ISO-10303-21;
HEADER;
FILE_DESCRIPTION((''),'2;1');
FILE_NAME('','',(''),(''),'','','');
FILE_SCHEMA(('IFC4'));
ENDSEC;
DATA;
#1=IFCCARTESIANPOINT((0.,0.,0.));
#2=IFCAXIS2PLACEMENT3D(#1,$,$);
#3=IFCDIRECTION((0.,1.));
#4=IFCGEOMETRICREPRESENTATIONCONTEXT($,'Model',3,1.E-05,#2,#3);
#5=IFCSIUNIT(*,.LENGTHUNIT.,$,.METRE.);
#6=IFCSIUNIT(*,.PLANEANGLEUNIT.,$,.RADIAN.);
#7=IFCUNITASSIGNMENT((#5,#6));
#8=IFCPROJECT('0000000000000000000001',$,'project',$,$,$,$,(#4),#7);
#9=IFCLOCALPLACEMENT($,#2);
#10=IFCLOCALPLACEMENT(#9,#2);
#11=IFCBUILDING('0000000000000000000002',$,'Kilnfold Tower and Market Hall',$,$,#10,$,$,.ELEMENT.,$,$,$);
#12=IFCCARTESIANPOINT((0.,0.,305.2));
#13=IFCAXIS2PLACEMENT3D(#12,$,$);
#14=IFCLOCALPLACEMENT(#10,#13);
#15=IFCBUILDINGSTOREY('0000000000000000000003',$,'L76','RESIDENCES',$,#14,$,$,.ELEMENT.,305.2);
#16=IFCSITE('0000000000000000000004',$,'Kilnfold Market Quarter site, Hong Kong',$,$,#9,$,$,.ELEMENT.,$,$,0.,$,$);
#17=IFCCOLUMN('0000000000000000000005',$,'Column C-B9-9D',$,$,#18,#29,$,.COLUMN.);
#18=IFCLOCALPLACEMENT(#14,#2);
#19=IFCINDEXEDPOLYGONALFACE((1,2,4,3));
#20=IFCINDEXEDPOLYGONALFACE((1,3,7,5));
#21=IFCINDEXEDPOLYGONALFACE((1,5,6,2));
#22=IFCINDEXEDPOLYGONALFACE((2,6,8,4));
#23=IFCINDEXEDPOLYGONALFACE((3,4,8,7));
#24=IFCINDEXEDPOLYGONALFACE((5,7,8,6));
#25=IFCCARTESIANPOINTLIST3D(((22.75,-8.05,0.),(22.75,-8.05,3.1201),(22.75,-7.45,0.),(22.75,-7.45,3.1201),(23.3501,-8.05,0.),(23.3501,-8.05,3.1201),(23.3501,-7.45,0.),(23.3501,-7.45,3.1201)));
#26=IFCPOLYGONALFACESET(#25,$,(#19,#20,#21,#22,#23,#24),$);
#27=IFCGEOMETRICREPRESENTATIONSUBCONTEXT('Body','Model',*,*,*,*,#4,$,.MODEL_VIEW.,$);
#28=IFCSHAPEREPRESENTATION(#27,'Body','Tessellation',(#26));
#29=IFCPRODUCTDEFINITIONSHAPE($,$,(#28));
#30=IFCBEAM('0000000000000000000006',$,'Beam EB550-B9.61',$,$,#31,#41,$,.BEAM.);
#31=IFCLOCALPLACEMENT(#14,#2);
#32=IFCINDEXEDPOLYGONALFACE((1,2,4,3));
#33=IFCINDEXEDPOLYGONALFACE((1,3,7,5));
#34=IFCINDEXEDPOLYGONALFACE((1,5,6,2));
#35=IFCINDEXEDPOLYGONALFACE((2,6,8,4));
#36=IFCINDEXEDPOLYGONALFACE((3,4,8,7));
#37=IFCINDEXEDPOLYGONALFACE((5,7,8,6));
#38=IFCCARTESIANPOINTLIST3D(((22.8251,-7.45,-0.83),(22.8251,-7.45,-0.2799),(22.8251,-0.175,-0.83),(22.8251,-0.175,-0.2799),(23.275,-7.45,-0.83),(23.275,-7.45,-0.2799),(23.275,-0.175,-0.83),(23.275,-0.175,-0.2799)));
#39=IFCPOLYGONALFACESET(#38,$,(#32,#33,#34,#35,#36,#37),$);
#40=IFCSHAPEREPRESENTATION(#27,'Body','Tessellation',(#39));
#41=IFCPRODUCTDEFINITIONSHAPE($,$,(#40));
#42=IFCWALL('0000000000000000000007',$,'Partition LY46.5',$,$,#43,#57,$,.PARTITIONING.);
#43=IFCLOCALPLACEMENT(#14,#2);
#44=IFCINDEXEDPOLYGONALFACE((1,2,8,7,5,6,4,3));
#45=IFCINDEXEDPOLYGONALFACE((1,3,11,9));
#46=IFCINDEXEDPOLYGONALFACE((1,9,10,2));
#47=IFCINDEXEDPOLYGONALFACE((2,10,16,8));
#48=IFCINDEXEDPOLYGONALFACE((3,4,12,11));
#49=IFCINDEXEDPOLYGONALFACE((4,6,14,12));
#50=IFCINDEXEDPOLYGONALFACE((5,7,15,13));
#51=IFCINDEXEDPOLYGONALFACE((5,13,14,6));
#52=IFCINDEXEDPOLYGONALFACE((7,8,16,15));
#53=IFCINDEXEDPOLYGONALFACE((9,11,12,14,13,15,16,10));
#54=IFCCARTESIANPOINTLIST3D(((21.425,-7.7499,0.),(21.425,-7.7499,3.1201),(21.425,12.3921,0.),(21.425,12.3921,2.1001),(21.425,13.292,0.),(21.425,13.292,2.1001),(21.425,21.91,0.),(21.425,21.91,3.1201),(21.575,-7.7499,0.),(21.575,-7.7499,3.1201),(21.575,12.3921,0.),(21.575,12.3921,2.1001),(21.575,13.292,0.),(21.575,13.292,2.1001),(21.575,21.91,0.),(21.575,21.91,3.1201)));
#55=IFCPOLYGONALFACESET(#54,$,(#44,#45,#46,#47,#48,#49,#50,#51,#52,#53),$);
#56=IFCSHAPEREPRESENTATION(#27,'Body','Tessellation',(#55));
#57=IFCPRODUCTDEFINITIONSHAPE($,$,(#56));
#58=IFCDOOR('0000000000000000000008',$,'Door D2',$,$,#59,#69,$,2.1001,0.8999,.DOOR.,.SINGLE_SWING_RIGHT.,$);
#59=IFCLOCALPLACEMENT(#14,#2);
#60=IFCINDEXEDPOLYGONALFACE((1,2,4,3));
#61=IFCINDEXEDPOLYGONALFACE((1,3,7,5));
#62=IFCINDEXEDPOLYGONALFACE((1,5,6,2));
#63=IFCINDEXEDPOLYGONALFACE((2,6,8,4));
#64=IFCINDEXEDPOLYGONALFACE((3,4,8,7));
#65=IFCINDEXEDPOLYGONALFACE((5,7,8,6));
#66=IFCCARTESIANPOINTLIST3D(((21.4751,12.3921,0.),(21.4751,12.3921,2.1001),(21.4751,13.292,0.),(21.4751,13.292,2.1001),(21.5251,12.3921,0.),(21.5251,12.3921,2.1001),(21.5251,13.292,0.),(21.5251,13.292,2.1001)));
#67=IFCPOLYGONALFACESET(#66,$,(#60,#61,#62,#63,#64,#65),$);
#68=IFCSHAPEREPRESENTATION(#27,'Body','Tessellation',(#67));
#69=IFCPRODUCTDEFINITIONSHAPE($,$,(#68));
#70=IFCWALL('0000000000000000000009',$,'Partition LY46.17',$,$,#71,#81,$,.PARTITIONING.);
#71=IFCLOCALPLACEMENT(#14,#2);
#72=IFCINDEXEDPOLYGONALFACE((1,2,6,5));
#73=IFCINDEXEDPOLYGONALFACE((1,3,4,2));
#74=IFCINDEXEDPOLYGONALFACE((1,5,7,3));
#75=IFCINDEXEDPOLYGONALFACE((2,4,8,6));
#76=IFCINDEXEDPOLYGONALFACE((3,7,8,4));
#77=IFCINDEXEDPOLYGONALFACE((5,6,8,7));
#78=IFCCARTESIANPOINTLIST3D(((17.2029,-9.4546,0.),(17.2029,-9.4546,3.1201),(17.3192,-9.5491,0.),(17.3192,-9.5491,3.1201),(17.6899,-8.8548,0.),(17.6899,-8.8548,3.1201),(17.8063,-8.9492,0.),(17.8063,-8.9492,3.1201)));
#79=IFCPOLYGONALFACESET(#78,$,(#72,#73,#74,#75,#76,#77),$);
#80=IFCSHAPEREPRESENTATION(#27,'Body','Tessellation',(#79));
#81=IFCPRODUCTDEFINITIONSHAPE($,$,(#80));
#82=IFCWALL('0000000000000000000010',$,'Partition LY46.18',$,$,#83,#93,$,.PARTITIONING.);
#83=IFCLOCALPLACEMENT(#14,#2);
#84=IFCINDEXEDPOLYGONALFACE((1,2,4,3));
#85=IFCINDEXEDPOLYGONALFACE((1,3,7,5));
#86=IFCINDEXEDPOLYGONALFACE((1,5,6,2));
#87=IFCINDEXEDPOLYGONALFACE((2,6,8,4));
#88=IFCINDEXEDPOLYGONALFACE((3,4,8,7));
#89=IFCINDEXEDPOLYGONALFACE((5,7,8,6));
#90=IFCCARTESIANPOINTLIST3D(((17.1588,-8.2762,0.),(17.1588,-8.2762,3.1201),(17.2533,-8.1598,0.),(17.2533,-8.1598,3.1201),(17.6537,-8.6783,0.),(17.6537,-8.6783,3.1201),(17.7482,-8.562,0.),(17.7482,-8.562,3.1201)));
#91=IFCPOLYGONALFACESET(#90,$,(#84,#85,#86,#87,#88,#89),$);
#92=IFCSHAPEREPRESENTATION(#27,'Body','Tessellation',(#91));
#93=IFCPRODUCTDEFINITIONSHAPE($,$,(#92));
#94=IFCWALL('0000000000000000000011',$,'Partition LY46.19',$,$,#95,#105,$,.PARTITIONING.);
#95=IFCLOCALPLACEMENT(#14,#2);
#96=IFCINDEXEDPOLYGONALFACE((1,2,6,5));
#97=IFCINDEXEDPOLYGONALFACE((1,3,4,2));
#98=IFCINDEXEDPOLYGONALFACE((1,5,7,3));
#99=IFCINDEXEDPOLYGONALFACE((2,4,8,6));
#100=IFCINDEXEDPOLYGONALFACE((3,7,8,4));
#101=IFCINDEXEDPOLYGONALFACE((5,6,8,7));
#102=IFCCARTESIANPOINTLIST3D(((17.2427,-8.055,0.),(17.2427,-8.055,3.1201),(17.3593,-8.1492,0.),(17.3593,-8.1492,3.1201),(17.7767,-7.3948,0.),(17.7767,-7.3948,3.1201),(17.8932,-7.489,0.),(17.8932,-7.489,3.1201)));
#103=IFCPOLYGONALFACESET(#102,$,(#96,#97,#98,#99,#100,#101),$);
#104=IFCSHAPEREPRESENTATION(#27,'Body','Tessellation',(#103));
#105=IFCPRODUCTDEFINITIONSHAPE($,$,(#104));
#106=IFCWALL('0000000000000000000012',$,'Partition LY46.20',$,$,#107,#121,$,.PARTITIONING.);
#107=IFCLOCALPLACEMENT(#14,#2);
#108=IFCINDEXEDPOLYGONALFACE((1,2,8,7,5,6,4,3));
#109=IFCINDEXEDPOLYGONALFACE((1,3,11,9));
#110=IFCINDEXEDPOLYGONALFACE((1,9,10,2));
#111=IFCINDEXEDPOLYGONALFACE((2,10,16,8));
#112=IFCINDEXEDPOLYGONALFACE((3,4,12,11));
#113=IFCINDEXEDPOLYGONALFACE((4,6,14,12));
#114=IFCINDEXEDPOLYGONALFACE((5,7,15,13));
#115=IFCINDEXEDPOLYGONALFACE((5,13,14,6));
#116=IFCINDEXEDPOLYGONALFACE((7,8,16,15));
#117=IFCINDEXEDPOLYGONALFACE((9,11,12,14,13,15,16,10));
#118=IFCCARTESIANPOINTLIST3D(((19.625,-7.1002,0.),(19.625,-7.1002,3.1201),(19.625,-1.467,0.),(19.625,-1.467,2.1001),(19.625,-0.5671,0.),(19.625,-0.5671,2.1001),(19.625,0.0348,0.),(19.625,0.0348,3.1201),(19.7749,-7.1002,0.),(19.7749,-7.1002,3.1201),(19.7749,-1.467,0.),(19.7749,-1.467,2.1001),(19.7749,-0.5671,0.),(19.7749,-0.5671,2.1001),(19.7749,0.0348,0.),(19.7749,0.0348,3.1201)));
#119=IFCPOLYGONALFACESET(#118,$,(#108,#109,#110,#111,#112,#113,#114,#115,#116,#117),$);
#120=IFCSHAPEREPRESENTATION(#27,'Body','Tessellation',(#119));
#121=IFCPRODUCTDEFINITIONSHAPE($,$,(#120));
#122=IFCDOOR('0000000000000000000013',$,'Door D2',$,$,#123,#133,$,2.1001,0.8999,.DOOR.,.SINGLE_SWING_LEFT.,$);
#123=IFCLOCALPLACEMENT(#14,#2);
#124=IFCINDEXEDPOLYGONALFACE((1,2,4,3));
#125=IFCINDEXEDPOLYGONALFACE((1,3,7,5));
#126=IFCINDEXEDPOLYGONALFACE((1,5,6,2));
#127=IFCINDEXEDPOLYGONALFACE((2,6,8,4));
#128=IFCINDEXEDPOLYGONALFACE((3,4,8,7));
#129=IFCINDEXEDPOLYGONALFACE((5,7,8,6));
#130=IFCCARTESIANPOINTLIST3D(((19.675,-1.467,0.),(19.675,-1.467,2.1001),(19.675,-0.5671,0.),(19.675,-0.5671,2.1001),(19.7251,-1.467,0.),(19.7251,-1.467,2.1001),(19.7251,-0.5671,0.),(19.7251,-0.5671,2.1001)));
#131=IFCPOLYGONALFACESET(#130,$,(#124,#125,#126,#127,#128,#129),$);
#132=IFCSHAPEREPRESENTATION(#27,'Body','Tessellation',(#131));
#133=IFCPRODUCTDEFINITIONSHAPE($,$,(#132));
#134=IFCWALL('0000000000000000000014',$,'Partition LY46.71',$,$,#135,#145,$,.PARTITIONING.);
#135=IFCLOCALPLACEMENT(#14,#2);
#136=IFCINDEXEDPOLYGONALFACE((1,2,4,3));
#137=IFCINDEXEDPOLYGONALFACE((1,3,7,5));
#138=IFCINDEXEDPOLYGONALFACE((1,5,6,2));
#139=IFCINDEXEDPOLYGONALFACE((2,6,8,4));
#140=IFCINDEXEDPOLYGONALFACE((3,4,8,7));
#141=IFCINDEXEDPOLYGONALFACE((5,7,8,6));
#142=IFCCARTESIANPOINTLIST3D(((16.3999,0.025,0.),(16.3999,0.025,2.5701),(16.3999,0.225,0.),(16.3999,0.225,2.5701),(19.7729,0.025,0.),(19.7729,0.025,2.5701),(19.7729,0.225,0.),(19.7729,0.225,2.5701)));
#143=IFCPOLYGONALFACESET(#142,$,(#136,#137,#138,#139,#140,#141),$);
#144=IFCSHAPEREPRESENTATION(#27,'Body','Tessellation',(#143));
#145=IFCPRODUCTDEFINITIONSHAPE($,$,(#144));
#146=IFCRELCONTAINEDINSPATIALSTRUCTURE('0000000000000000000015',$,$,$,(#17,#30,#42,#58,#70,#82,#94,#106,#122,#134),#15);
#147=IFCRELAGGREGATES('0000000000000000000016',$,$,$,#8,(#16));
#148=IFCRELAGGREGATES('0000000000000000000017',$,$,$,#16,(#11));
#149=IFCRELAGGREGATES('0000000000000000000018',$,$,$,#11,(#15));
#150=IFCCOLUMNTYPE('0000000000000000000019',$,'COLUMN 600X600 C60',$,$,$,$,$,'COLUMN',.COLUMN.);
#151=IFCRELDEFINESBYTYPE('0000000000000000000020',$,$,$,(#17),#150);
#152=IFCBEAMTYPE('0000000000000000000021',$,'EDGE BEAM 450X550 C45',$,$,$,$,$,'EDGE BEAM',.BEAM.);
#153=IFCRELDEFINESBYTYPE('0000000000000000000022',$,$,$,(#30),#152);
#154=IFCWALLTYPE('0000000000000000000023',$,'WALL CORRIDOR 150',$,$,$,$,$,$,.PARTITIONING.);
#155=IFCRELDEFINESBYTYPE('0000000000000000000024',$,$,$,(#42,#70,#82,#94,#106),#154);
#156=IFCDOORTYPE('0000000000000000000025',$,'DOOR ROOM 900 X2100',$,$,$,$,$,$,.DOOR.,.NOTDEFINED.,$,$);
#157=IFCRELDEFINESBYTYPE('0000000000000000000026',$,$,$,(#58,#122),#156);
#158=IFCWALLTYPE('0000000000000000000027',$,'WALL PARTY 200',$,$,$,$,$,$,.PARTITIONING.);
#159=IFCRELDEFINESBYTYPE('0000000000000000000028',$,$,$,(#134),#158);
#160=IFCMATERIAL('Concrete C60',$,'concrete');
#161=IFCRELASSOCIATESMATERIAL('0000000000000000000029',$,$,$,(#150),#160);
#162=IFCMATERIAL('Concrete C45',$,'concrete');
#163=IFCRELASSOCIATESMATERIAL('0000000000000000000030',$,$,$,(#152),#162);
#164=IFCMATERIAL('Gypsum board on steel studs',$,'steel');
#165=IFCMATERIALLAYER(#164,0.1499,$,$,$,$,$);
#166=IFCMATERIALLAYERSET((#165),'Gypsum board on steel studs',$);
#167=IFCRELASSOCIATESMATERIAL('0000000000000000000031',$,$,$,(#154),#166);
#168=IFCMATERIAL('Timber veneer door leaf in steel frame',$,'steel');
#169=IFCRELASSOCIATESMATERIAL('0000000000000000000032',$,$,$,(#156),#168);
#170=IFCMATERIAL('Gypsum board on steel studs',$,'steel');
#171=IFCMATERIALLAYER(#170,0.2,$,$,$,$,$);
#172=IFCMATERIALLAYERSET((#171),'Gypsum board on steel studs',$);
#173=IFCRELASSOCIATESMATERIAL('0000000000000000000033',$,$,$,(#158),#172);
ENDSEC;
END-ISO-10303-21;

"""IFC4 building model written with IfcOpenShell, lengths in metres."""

from ifc_helpers import new_model, si_unit, direction, frame, frame_2d, origin, origin_2d, place, context, subcontext, project, spatial, rectangle, extrude, source, transform, mapped, material, layer, layer_set, material_profile, profile_set, type_object, element, fill, save


model = new_model("IFC4")

# Units and contexts
model_context = context("Model", 3, precision=1e-05, world=origin(), true_north=direction((0.0, 1.0)))
body_context = subcontext(model_context, "Body", "Model", "MODEL_VIEW")
ifc_project = project(units=[si_unit("LENGTHUNIT", "METRE"), si_unit("PLANEANGLEUNIT", "RADIAN")], contexts=[model_context])

# Site, building, storey
site_placement = place(None, origin())
site = spatial("IfcSite", under=ifc_project, at=site_placement, Name="Kilnfold Market Quarter site, Hong Kong", CompositionType="ELEMENT", RefElevation=0.0)
building_placement = place(site_placement, origin())
building = spatial("IfcBuilding", under=site, at=building_placement, Name="Kilnfold Tower and Market Hall", CompositionType="ELEMENT")
storey_placement = place(building_placement, frame((0.0, 0.0, 305.2)))
storey = spatial("IfcBuildingStorey", under=building, at=storey_placement, Name="L76", Description="RESIDENCES", CompositionType="ELEMENT", Elevation=305.2)

# Column
ifc_material_1 = material(Name="Concrete C60", Category="concrete")
ifc_material_profile_1 = material_profile(ifc_material_1, rectangle(XDim=0.6001, YDim=0.6001, at=origin_2d()), Name="RC 600x600")
ifc_profile_set_1 = profile_set([ifc_material_profile_1], Name="Concrete C60")
column_type = type_object("IfcColumnType", Name="COLUMN 600X600 C60", ElementType="COLUMN", PredefinedType="COLUMN", material=ifc_profile_set_1)
shared_shape_1 = source(origin(), body_context, "Body", "SweptSolid", [
    extrude(rectangle(XDim=0.6001, YDim=0.6001, at=origin_2d()), origin(), (0.0, 0.0, 1.0), 3.1201),
])
column_placement = place(storey_placement, frame((23.05, -7.75, 0.0), z_axis=(0.0, 0.0, 1.0), x_axis=(1.0, 0.0, 0.0)))
element("IfcColumn", 1, at=column_placement, inside=storey, type_object=column_type, Name="Column C-B9-9D", PredefinedType="COLUMN", context=body_context, shape_type="MappedRepresentation", body=[
    mapped(shared_shape_1, transform((0.0, 0.0, 0.0))),
])

# Beam
ifc_material_2 = material(Name="Concrete C45", Category="concrete")
ifc_material_profile_2 = material_profile(ifc_material_2, rectangle(XDim=0.45, YDim=0.55, at=origin_2d()), Name="RC 450x550")
ifc_profile_set_2 = profile_set([ifc_material_profile_2], Name="Concrete C45")
beam_type = type_object("IfcBeamType", Name="EDGE BEAM 450X550 C45", ElementType="EDGE BEAM", PredefinedType="BEAM", material=ifc_profile_set_2)
shared_shape_2 = source(origin(), body_context, "Body", "SweptSolid", [
    extrude(rectangle(XDim=0.45, YDim=0.55, at=origin_2d()), origin(), (0.0, 0.0, 1.0), 7.2749),
])
beam_placement = place(storey_placement, frame((23.05, -7.45, -0.5549), z_axis=(0.0, 1.0, 0.0), x_axis=(-1.0, 0.0, 0.0)))
element("IfcBeam", 2, at=beam_placement, inside=storey, type_object=beam_type, Name="Beam EB550-B9.61", PredefinedType="BEAM", context=body_context, shape_type="MappedRepresentation", body=[
    mapped(shared_shape_2, transform((0.0, 0.0, 0.0))),
])

# Wall, opening, door
ifc_material_3 = material(Name="Gypsum board on steel studs", Category="steel")
ifc_layer_1 = layer(ifc_material_3, 0.1499)
ifc_layer_set_1 = layer_set([ifc_layer_1], Name="Gypsum board on steel studs")
wall_type_1 = type_object("IfcWallType", Name="WALL CORRIDOR 150", PredefinedType="PARTITIONING", material=ifc_layer_set_1)
wall_1_placement = place(storey_placement, frame((21.5, -7.75, 0.0), z_axis=(0.0, 0.0, 1.0), x_axis=(0.0, 1.0, 0.0)))
wall_1 = element("IfcWall", 3, at=wall_1_placement, inside=storey, type_object=wall_type_1, Name="Partition LY46.5", PredefinedType="PARTITIONING", context=body_context, shape_type="SweptSolid", body=[
    extrude(rectangle(XDim=29.6599, YDim=0.1499, at=frame_2d((14.8301, 0.0))), origin(), (0.0, 0.0, 1.0), 3.1201),
])
opening_1_placement = place(wall_1_placement, frame((20.1421, 0.0, 0.0)))
opening_1 = element("IfcOpeningElement", 4, at=opening_1_placement, cuts=wall_1, PredefinedType="OPENING", context=body_context, shape_type="SweptSolid", body=[
    extrude(rectangle(XDim=0.8999, YDim=2.1001, at=frame_2d((0.45, 1.05))), frame((0.0, 0.085, 0.0), z_axis=(0.0, -1.0, 0.0), x_axis=(1.0, 0.0, 0.0)), (0.0, 0.0, 1.0), 0.1699),
])
ifc_material_4 = material(Name="Timber veneer door leaf in steel frame", Category="steel")
door_type_1 = type_object("IfcDoorType", Name="DOOR ROOM 900 X2100", OperationType="NOTDEFINED", PredefinedType="DOOR", material=ifc_material_4)
door_1_placement = place(opening_1_placement, origin())
door_1 = element("IfcDoor", 5, at=door_1_placement, inside=storey, type_object=door_type_1, Name="Door D2", OperationType="SINGLE_SWING_RIGHT", OverallHeight=2.1001, OverallWidth=0.8999, PredefinedType="DOOR", context=body_context, shape_type="SweptSolid", body=[
    extrude(rectangle(XDim=0.8999, YDim=2.1001, at=frame_2d((0.45, 1.05))), frame((0.0, 0.0249, 0.0), z_axis=(0.0, -1.0, 0.0), x_axis=(1.0, 0.0, 0.0)), (0.0, 0.0, 1.0), 0.05),
])
fill(opening_1, door_1)

# Walls
wall_2_placement = place(storey_placement, frame((17.748, -8.9021, 0.0), z_axis=(0.0, 0.0, 1.0), x_axis=(-0.630343, -0.776317, 0.0)))
element("IfcWall", 6, at=wall_2_placement, inside=storey, type_object=wall_type_1, Name="Partition LY46.17", PredefinedType="PARTITIONING", context=body_context, shape_type="SweptSolid", body=[
    extrude(rectangle(XDim=0.7727, YDim=0.1499, at=frame_2d((0.3862, 0.0))), origin(), (0.0, 0.0, 1.0), 3.1201),
])
wall_3_placement = place(storey_placement, frame((17.2061, -8.218, 0.0), z_axis=(0.0, 0.0, 1.0), x_axis=(0.776102, -0.630607, 0.0)))
element("IfcWall", 7, at=wall_3_placement, inside=storey, type_object=wall_type_1, Name="Partition LY46.18", PredefinedType="PARTITIONING", context=body_context, shape_type="SweptSolid", body=[
    extrude(rectangle(XDim=0.6377, YDim=0.1499, at=frame_2d((0.3188, 0.0))), origin(), (0.0, 0.0, 1.0), 3.1201),
])
wall_4_placement = place(storey_placement, frame((17.835, -7.4419, 0.0), z_axis=(0.0, 0.0, 1.0), x_axis=(-0.628859, -0.777519, 0.0)))
element("IfcWall", 8, at=wall_4_placement, inside=storey, type_object=wall_type_1, Name="Partition LY46.19", PredefinedType="PARTITIONING", context=body_context, shape_type="SweptSolid", body=[
    extrude(rectangle(XDim=0.8491, YDim=0.1499, at=frame_2d((0.4246, 0.0))), origin(), (0.0, 0.0, 1.0), 3.1201),
])

# Wall, opening, door
wall_5_placement = place(storey_placement, frame((19.7, -7.1001, 0.0), z_axis=(0.0, 0.0, 1.0), x_axis=(0.0, 1.0, 0.0)))
wall_5 = element("IfcWall", 9, at=wall_5_placement, inside=storey, type_object=wall_type_1, Name="Partition LY46.20", PredefinedType="PARTITIONING", context=body_context, shape_type="SweptSolid", body=[
    extrude(rectangle(XDim=7.135, YDim=0.1499, at=frame_2d((3.5674, 0.0))), origin(), (0.0, 0.0, 1.0), 3.1201),
])
opening_2_placement = place(wall_5_placement, frame((5.6331, 0.0, 0.0)))
opening_2 = element("IfcOpeningElement", 10, at=opening_2_placement, cuts=wall_5, PredefinedType="OPENING", context=body_context, shape_type="SweptSolid", body=[
    extrude(rectangle(XDim=0.8999, YDim=2.1001, at=frame_2d((0.45, 1.05))), frame((0.0, 0.085, 0.0), z_axis=(0.0, -1.0, 0.0), x_axis=(1.0, 0.0, 0.0)), (0.0, 0.0, 1.0), 0.1699),
])
door_2_placement = place(opening_2_placement, origin())
door_2 = element("IfcDoor", 11, at=door_2_placement, inside=storey, type_object=door_type_1, Name="Door D2", OperationType="SINGLE_SWING_LEFT", OverallHeight=2.1001, OverallWidth=0.8999, PredefinedType="DOOR", context=body_context, shape_type="SweptSolid", body=[
    extrude(rectangle(XDim=0.8999, YDim=2.1001, at=frame_2d((0.45, 1.05))), frame((0.0, 0.0249, 0.0), z_axis=(0.0, -1.0, 0.0), x_axis=(1.0, 0.0, 0.0)), (0.0, 0.0, 1.0), 0.05),
])
fill(opening_2, door_2)

# Wall
ifc_material_5 = material(Name="Gypsum board on steel studs", Category="steel")
ifc_layer_2 = layer(ifc_material_5, 0.2)
ifc_layer_set_2 = layer_set([ifc_layer_2], Name="Gypsum board on steel studs")
wall_type_2 = type_object("IfcWallType", Name="WALL PARTY 200", PredefinedType="PARTITIONING", material=ifc_layer_set_2)
wall_6_placement = place(storey_placement, frame((19.7729, 0.125, 0.0), z_axis=(0.0, 0.0, 1.0), x_axis=(-1.0, 0.0, 0.0)))
element("IfcWall", 12, at=wall_6_placement, inside=storey, type_object=wall_type_2, Name="Partition LY46.71", PredefinedType="PARTITIONING", context=body_context, shape_type="SweptSolid", body=[
    extrude(rectangle(XDim=3.373, YDim=0.2, at=frame_2d((1.6865, 0.0))), origin(), (0.0, 0.0, 1.0), 2.5701),
])

save(model, "model.ifc")
